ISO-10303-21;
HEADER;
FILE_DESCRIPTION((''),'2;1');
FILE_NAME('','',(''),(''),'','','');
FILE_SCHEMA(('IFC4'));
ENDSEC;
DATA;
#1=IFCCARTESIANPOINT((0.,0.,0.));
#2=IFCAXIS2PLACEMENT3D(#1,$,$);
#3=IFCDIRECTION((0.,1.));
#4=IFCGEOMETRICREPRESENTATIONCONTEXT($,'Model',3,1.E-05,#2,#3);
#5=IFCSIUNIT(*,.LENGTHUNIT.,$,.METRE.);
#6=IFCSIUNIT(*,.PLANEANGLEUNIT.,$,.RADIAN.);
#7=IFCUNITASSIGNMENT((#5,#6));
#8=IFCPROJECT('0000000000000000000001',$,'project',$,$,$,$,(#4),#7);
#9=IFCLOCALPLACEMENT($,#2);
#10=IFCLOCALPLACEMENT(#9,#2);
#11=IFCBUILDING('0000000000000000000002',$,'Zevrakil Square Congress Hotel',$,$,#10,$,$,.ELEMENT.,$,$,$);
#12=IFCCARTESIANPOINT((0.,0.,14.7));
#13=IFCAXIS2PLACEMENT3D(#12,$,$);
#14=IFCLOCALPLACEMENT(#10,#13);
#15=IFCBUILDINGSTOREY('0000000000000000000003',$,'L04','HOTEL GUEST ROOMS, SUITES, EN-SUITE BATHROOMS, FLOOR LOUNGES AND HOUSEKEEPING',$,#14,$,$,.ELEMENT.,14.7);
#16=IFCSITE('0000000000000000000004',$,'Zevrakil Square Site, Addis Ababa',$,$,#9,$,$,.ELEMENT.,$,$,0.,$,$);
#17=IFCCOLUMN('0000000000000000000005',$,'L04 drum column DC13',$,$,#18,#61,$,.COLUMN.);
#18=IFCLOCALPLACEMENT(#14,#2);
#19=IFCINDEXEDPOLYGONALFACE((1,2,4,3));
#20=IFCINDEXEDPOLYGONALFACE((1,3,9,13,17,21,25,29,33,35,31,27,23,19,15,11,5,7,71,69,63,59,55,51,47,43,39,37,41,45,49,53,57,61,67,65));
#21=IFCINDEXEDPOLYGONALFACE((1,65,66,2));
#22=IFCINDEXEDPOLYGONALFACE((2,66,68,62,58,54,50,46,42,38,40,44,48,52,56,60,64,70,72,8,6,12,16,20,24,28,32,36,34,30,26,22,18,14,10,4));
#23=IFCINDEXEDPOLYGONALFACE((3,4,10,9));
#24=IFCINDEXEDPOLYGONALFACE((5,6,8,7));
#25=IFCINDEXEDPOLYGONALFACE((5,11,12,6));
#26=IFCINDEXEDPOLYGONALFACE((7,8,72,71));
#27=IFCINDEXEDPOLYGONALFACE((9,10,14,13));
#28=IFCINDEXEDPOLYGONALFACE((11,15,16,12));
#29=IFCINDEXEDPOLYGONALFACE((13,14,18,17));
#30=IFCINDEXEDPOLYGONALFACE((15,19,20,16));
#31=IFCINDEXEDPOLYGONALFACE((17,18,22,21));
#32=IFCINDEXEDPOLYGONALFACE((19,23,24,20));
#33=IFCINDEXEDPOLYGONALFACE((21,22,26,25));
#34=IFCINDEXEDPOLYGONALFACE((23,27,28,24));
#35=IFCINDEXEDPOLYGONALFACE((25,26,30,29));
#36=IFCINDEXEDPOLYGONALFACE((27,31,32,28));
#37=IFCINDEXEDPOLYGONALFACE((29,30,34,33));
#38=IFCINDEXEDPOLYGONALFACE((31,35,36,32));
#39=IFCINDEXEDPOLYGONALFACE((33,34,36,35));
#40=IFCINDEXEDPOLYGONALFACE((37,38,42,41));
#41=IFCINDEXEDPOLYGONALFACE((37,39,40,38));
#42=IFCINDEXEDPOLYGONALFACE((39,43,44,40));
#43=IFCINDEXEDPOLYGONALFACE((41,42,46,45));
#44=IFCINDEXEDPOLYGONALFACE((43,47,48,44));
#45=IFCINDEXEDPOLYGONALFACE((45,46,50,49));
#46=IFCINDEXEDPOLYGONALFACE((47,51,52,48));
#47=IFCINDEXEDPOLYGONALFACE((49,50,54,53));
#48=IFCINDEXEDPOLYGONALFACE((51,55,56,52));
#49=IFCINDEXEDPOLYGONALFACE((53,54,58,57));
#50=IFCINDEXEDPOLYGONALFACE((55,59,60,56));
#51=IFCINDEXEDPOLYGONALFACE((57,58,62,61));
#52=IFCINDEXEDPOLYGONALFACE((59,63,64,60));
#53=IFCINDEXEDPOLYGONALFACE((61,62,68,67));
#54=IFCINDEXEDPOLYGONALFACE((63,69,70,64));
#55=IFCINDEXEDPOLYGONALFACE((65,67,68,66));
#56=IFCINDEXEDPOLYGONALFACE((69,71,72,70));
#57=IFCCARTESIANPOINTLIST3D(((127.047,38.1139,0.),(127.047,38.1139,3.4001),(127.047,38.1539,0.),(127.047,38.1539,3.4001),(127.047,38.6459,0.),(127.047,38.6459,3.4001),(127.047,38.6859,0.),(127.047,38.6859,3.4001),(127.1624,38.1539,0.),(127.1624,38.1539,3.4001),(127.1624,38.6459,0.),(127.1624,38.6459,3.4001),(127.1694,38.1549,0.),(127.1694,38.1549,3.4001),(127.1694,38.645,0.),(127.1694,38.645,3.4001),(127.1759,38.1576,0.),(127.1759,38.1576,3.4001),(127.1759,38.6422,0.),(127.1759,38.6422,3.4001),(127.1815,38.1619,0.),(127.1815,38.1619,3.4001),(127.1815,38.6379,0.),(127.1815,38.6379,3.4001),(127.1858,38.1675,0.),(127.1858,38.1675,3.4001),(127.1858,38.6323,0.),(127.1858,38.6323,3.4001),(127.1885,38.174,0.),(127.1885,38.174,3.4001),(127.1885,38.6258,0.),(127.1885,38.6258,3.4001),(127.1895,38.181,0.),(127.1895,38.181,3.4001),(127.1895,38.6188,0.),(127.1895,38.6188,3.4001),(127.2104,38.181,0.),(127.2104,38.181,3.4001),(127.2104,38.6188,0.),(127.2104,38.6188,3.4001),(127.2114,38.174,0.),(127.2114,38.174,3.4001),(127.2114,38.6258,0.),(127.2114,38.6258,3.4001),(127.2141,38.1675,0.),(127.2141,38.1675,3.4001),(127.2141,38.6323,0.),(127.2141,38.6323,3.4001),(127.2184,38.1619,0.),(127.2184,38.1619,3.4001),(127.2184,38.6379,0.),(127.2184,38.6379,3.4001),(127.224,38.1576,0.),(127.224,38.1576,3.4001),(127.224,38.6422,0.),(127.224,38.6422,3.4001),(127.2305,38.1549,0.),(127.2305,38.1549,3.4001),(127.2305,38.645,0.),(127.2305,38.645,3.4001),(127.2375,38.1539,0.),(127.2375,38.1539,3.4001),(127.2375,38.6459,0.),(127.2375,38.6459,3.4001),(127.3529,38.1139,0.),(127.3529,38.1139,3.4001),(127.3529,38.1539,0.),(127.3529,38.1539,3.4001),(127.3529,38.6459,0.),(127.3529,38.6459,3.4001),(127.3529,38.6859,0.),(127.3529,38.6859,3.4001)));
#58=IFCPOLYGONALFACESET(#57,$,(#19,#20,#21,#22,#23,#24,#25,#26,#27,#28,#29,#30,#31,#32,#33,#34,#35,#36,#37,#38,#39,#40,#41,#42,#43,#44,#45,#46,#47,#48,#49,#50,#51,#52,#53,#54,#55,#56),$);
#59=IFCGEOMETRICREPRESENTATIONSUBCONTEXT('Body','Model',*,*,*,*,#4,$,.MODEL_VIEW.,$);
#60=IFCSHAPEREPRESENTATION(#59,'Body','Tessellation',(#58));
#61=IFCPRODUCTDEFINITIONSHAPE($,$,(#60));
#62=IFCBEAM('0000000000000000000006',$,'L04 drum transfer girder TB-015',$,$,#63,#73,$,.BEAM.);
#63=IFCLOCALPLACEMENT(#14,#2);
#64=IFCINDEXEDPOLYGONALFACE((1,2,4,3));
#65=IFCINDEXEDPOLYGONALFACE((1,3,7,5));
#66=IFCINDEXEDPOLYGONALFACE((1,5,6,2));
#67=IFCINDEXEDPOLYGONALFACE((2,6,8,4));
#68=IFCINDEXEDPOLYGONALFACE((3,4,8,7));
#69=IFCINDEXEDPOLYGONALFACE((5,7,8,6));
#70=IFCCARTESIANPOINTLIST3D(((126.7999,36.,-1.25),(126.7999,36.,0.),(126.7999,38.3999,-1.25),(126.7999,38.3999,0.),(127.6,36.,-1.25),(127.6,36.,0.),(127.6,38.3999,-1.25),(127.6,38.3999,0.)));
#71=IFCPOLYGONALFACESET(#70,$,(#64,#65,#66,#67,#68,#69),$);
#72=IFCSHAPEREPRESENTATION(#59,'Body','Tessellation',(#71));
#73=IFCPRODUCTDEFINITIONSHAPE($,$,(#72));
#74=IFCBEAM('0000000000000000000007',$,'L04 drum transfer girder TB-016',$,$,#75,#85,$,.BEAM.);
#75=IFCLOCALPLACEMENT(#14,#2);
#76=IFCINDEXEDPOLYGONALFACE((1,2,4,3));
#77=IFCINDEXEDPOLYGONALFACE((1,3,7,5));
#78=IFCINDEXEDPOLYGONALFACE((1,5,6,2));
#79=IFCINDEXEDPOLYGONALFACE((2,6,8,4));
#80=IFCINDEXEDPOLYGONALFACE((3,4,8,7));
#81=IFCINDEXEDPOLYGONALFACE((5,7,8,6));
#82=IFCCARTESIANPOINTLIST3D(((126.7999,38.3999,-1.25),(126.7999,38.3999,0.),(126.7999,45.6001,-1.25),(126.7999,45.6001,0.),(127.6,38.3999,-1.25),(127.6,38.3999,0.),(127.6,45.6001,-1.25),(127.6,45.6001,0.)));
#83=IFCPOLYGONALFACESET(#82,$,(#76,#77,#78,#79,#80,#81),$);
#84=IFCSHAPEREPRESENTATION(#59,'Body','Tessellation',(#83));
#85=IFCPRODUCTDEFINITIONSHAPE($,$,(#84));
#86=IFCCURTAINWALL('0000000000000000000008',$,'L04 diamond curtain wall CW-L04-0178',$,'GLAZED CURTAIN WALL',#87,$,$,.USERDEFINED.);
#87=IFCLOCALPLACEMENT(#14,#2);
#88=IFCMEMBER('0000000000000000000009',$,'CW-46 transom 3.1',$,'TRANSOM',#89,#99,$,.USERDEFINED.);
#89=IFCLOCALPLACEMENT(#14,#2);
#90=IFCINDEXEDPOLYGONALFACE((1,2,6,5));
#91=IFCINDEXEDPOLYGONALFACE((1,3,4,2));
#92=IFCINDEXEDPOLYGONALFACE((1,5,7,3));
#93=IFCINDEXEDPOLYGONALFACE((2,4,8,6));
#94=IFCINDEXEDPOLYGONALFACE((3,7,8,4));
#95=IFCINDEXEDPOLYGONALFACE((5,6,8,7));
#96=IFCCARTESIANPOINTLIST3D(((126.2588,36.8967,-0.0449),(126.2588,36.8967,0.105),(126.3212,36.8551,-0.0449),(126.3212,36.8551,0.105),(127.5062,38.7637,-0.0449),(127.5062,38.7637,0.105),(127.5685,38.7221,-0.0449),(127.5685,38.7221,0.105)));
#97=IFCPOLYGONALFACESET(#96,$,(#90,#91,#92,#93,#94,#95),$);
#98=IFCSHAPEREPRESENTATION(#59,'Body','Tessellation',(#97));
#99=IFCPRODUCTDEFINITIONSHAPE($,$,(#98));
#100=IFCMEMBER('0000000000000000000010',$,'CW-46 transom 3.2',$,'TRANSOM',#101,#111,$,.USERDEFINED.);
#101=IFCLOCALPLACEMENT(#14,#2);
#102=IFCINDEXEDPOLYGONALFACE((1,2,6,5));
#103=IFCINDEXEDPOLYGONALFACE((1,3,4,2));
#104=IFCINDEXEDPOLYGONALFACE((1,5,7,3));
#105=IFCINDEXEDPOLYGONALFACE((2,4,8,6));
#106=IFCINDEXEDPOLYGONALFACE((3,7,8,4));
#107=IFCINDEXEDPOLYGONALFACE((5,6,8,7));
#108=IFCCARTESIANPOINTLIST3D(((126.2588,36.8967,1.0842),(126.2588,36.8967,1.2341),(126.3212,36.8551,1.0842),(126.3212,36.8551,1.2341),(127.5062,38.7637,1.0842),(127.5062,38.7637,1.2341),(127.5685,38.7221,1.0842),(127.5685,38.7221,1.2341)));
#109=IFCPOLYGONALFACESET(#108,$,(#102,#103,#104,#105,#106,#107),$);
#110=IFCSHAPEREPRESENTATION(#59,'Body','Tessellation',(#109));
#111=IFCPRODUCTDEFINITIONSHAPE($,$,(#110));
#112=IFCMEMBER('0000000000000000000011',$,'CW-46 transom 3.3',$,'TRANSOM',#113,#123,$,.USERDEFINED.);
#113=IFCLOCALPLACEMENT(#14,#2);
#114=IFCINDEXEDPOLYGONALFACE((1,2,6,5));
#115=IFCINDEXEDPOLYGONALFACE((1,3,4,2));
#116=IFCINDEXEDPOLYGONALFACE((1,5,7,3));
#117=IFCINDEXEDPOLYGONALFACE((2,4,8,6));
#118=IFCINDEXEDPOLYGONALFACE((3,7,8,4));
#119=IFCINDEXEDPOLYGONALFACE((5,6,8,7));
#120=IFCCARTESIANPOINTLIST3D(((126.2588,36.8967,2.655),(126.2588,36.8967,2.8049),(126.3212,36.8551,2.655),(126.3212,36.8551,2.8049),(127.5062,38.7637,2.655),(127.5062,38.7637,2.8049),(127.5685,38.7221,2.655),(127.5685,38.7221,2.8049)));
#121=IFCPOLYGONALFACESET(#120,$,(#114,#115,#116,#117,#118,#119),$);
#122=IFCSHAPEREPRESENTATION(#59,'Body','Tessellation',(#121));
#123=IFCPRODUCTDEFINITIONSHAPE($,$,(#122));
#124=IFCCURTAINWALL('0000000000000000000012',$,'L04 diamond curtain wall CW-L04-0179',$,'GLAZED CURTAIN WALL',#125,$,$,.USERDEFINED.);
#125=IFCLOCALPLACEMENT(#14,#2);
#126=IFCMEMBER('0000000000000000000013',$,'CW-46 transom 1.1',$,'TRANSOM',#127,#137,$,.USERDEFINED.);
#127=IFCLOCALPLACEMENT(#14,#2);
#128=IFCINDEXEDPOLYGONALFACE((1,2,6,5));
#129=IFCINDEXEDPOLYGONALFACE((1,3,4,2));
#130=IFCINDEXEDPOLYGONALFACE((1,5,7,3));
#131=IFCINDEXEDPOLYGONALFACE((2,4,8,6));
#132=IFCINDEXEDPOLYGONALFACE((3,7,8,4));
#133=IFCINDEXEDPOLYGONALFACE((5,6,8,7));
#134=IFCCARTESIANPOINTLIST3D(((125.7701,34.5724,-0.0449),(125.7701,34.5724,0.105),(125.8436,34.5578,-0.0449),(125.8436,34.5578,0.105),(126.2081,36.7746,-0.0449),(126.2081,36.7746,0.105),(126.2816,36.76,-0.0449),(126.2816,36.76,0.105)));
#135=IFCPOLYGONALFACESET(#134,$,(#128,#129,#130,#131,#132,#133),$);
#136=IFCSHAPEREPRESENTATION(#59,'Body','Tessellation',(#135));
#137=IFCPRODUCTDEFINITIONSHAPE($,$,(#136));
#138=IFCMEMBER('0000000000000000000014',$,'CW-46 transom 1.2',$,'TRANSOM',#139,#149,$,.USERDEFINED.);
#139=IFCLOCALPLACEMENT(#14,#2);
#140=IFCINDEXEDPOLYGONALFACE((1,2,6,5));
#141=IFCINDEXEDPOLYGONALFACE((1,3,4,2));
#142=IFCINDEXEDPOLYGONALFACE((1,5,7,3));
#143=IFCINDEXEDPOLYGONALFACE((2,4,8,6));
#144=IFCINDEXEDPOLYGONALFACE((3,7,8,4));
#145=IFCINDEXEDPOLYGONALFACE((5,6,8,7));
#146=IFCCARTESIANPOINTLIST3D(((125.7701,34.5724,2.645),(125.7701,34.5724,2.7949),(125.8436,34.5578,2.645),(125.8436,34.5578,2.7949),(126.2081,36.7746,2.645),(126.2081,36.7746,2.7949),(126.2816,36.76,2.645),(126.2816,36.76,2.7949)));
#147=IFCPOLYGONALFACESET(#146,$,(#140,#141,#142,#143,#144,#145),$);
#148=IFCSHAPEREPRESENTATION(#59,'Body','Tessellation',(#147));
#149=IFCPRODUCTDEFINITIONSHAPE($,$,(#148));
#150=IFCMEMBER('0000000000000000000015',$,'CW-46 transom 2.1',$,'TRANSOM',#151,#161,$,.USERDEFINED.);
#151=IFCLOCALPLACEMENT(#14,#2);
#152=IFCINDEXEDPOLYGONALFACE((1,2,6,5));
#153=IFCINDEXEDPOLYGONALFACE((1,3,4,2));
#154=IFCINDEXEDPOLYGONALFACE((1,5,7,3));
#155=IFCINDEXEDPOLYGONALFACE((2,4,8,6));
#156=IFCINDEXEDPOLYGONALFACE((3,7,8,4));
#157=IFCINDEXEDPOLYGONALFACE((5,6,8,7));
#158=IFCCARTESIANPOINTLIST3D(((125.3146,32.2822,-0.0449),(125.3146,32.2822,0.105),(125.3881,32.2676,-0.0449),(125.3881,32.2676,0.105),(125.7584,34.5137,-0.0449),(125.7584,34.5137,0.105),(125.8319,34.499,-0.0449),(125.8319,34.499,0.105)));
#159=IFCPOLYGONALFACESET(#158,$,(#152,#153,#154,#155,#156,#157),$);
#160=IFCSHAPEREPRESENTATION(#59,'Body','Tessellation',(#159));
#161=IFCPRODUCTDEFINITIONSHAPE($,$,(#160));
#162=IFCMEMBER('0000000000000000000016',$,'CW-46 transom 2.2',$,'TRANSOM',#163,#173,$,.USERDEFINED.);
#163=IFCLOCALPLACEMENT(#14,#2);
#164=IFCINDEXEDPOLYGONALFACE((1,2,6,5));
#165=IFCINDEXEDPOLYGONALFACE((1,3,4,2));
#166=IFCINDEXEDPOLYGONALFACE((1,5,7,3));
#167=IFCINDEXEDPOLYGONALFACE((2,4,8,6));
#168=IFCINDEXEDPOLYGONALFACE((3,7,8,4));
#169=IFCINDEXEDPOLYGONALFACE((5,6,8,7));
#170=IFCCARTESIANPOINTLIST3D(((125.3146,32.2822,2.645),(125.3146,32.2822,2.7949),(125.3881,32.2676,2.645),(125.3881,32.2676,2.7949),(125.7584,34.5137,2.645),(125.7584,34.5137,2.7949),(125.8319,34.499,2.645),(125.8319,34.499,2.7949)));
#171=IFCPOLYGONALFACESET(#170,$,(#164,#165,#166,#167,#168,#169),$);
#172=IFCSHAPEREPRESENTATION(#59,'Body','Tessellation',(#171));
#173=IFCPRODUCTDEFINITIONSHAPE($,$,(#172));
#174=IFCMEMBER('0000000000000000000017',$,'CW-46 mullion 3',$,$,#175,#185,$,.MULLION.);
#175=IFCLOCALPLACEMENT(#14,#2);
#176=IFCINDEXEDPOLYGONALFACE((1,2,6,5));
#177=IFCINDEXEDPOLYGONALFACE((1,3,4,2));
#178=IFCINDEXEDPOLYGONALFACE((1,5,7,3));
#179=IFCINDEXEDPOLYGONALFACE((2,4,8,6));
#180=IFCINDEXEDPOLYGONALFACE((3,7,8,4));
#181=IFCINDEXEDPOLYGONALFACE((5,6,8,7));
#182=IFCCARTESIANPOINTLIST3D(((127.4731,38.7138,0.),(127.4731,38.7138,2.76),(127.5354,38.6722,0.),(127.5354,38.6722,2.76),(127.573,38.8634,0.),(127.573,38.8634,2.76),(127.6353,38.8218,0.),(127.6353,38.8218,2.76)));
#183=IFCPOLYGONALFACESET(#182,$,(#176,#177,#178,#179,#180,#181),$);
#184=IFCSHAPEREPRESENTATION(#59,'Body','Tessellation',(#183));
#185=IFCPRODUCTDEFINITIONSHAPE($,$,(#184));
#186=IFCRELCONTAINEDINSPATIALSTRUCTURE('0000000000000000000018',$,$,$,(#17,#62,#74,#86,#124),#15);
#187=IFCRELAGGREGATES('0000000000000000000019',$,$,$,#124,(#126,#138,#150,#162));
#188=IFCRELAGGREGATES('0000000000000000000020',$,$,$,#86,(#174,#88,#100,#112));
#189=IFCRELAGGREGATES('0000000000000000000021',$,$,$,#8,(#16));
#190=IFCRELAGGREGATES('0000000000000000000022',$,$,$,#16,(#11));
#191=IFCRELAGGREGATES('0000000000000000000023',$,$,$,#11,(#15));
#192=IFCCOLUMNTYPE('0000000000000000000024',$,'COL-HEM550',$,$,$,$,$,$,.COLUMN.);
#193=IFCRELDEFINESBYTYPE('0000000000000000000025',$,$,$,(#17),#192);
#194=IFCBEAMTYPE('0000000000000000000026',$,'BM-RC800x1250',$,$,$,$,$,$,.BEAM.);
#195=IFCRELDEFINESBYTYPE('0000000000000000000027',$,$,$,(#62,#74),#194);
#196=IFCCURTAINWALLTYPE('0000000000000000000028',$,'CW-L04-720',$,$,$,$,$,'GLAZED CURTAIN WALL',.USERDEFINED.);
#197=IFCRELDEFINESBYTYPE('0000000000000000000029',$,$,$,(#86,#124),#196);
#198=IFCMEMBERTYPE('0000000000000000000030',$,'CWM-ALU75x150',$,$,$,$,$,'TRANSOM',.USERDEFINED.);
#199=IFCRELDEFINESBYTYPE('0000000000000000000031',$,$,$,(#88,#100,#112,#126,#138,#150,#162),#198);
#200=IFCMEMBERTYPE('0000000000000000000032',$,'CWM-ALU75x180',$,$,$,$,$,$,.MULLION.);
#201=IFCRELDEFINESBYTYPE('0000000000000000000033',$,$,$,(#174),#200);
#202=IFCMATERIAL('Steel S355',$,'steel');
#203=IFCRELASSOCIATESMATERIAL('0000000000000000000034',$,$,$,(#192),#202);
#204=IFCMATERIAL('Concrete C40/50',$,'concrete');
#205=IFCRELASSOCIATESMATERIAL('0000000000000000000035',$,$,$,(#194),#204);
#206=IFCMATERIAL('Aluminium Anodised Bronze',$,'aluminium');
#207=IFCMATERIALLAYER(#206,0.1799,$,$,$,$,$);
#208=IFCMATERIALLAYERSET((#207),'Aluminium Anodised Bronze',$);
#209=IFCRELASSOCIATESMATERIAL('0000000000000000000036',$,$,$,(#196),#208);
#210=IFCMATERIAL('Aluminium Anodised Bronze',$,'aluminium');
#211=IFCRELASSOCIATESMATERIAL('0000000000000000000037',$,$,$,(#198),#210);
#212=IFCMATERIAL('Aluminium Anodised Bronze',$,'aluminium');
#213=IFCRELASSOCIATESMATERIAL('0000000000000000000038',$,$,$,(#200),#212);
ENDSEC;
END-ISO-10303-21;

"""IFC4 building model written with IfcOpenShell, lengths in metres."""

from ifc_helpers import new_model, si_unit, direction, frame, origin, origin_2d, place, context, subcontext, project, spatial, rectangle, i_section, extrude, material, layer, layer_set, material_profile, profile_set, type_object, element, aggregate, save


model = new_model("IFC4")

# Units and contexts
model_context = context("Model", 3, precision=1e-05, world=origin(), true_north=direction((0.0, 1.0)))
body_context = subcontext(model_context, "Body", "Model", "MODEL_VIEW")
ifc_project = project(units=[si_unit("LENGTHUNIT", "METRE"), si_unit("PLANEANGLEUNIT", "RADIAN")], contexts=[model_context])

# Site, building, storey
site_placement = place(None, origin())
site = spatial("IfcSite", under=ifc_project, at=site_placement, Name="Zevrakil Square Site, Addis Ababa", CompositionType="ELEMENT", RefElevation=0.0)
building_placement = place(site_placement, origin())
building = spatial("IfcBuilding", under=site, at=building_placement, Name="Zevrakil Square Congress Hotel", CompositionType="ELEMENT")
storey_placement = place(building_placement, frame((0.0, 0.0, 14.7)))
storey = spatial("IfcBuildingStorey", under=building, at=storey_placement, Name="L04", Description="HOTEL GUEST ROOMS, SUITES, EN-SUITE BATHROOMS, FLOOR LOUNGES AND HOUSEKEEPING", CompositionType="ELEMENT", Elevation=14.7)

# Column
ifc_material_1 = material(Name="Steel S355", Category="steel")
ifc_material_profile_1 = material_profile(ifc_material_1, i_section(OverallWidth=0.3059, OverallDepth=0.572, WebThickness=0.021, FlangeThickness=0.04, FilletRadius=0.0271, at=origin_2d()), Name="HEM 550")
ifc_profile_set_1 = profile_set([ifc_material_profile_1], Name="Steel S355")
column_type = type_object("IfcColumnType", Name="COL-HEM550", PredefinedType="COLUMN", material=ifc_profile_set_1)
column_placement = place(storey_placement, frame((127.2, 38.3999, 0.0), z_axis=(0.0, 0.0, 1.0), x_axis=(1.0, 0.0, 0.0)))
element("IfcColumn", 1, at=column_placement, inside=storey, type_object=column_type, Name="L04 drum column DC13", PredefinedType="COLUMN", context=body_context, shape_type="SweptSolid", body=[
    extrude(i_section(OverallWidth=0.3059, OverallDepth=0.572, WebThickness=0.021, FlangeThickness=0.04, FilletRadius=0.0271, at=origin_2d()), origin(), (0.0, 0.0, 1.0), 3.4001),
])

# Beams
ifc_material_2 = material(Name="Concrete C40/50", Category="concrete")
ifc_material_profile_2 = material_profile(ifc_material_2, rectangle(XDim=0.8, YDim=1.25, at=origin_2d()), Name="RC 800x1250")
ifc_profile_set_2 = profile_set([ifc_material_profile_2], Name="Concrete C40/50")
beam_type = type_object("IfcBeamType", Name="BM-RC800x1250", PredefinedType="BEAM", material=ifc_profile_set_2)
beam_1_placement = place(storey_placement, frame((127.2, 36.0, -0.625), z_axis=(0.0, 1.0, 0.0), x_axis=(-1.0, 0.0, 0.0)))
element("IfcBeam", 2, at=beam_1_placement, inside=storey, type_object=beam_type, Name="L04 drum transfer girder TB-015", PredefinedType="BEAM", context=body_context, shape_type="SweptSolid", body=[
    extrude(rectangle(XDim=0.8, YDim=1.25, at=origin_2d()), origin(), (0.0, 0.0, 1.0), 2.3999),
])
beam_2_placement = place(storey_placement, frame((127.2, 38.3999, -0.625), z_axis=(0.0, 1.0, 0.0), x_axis=(-1.0, 0.0, 0.0)))
element("IfcBeam", 3, at=beam_2_placement, inside=storey, type_object=beam_type, Name="L04 drum transfer girder TB-016", PredefinedType="BEAM", context=body_context, shape_type="SweptSolid", body=[
    extrude(rectangle(XDim=0.8, YDim=1.25, at=origin_2d()), origin(), (0.0, 0.0, 1.0), 7.2002),
])

# Curtain walls, members
ifc_material_3 = material(Name="Aluminium Anodised Bronze", Category="aluminium")
ifc_layer_1 = layer(ifc_material_3, 0.1799)
ifc_layer_set_1 = layer_set([ifc_layer_1], Name="Aluminium Anodised Bronze")
curtain_wall_type = type_object("IfcCurtainWallType", Name="CW-L04-720", ElementType="GLAZED CURTAIN WALL", PredefinedType="USERDEFINED", material=ifc_layer_set_1)
curtain_wall_1_placement = place(storey_placement, origin())
curtain_wall_1 = element("IfcCurtainWall", 4, at=curtain_wall_1_placement, inside=storey, type_object=curtain_wall_type, Name="L04 diamond curtain wall CW-L04-0178", ObjectType="GLAZED CURTAIN WALL", PredefinedType="USERDEFINED")
ifc_material_4 = material(Name="Aluminium Anodised Bronze", Category="aluminium")
ifc_material_profile_3 = material_profile(ifc_material_4, rectangle(XDim=0.075, YDim=0.1499, at=origin_2d()), Name="ALU 75x150")
ifc_profile_set_3 = profile_set([ifc_material_profile_3], Name="Aluminium Anodised Bronze")
member_type_1 = type_object("IfcMemberType", Name="CWM-ALU75x150", ElementType="TRANSOM", PredefinedType="USERDEFINED", material=ifc_profile_set_3)
member_1_placement = place(storey_placement, frame((127.5374, 38.7429, 0.03), z_axis=(-0.555528, -0.831498, 0.0), x_axis=(0.831498, -0.555528, 0.0)))
member_1 = element("IfcMember", 5, at=member_1_placement, type_object=member_type_1, Name="CW-46 transom 3.1", ObjectType="TRANSOM", PredefinedType="USERDEFINED", context=body_context, shape_type="SweptSolid", body=[
    extrude(rectangle(XDim=0.075, YDim=0.1499, at=origin_2d()), origin(), (0.0, 0.0, 1.0), 2.2454),
])
member_2_placement = place(storey_placement, frame((127.5374, 38.7429, 1.1592), z_axis=(-0.555528, -0.831498, 0.0), x_axis=(0.831498, -0.555528, 0.0)))
member_2 = element("IfcMember", 6, at=member_2_placement, type_object=member_type_1, Name="CW-46 transom 3.2", ObjectType="TRANSOM", PredefinedType="USERDEFINED", context=body_context, shape_type="SweptSolid", body=[
    extrude(rectangle(XDim=0.075, YDim=0.1499, at=origin_2d()), origin(), (0.0, 0.0, 1.0), 2.2454),
])
member_3_placement = place(storey_placement, frame((127.5374, 38.7429, 2.73), z_axis=(-0.555528, -0.831498, 0.0), x_axis=(0.831498, -0.555528, 0.0)))
member_3 = element("IfcMember", 7, at=member_3_placement, type_object=member_type_1, Name="CW-46 transom 3.3", ObjectType="TRANSOM", PredefinedType="USERDEFINED", context=body_context, shape_type="SweptSolid", body=[
    extrude(rectangle(XDim=0.075, YDim=0.1499, at=origin_2d()), origin(), (0.0, 0.0, 1.0), 2.2454),
])
curtain_wall_2_placement = place(storey_placement, origin())
curtain_wall_2 = element("IfcCurtainWall", 8, at=curtain_wall_2_placement, inside=storey, type_object=curtain_wall_type, Name="L04 diamond curtain wall CW-L04-0179", ObjectType="GLAZED CURTAIN WALL", PredefinedType="USERDEFINED")
member_4_placement = place(storey_placement, frame((126.2449, 36.7673, 0.03), z_axis=(-0.19507, -0.980789, 0.0), x_axis=(0.980789, -0.19507, 0.0)))
member_4 = element("IfcMember", 9, at=member_4_placement, type_object=member_type_1, Name="CW-46 transom 1.1", ObjectType="TRANSOM", PredefinedType="USERDEFINED", context=body_context, shape_type="SweptSolid", body=[
    extrude(rectangle(XDim=0.075, YDim=0.1499, at=origin_2d()), origin(), (0.0, 0.0, 1.0), 2.2454),
])
member_5_placement = place(storey_placement, frame((126.2449, 36.7673, 2.72), z_axis=(-0.19507, -0.980789, 0.0), x_axis=(0.980789, -0.19507, 0.0)))
member_5 = element("IfcMember", 10, at=member_5_placement, type_object=member_type_1, Name="CW-46 transom 1.2", ObjectType="TRANSOM", PredefinedType="USERDEFINED", context=body_context, shape_type="SweptSolid", body=[
    extrude(rectangle(XDim=0.075, YDim=0.1499, at=origin_2d()), origin(), (0.0, 0.0, 1.0), 2.2454),
])
member_6_placement = place(storey_placement, frame((125.7952, 34.5063, 0.03), z_axis=(-0.195084, -0.980786, 0.0), x_axis=(0.980786, -0.195084, 0.0)))
member_6 = element("IfcMember", 11, at=member_6_placement, type_object=member_type_1, Name="CW-46 transom 2.1", ObjectType="TRANSOM", PredefinedType="USERDEFINED", context=body_context, shape_type="SweptSolid", body=[
    extrude(rectangle(XDim=0.075, YDim=0.1499, at=origin_2d()), origin(), (0.0, 0.0, 1.0), 2.2751),
])
member_7_placement = place(storey_placement, frame((125.7952, 34.5063, 2.72), z_axis=(-0.195084, -0.980786, 0.0), x_axis=(0.980786, -0.195084, 0.0)))
member_7 = element("IfcMember", 12, at=member_7_placement, type_object=member_type_1, Name="CW-46 transom 2.2", ObjectType="TRANSOM", PredefinedType="USERDEFINED", context=body_context, shape_type="SweptSolid", body=[
    extrude(rectangle(XDim=0.075, YDim=0.1499, at=origin_2d()), origin(), (0.0, 0.0, 1.0), 2.2751),
])

# Member
ifc_material_5 = material(Name="Aluminium Anodised Bronze", Category="aluminium")
ifc_material_profile_4 = material_profile(ifc_material_5, rectangle(XDim=0.075, YDim=0.1799, at=origin_2d()), Name="ALU 75x180")
ifc_profile_set_4 = profile_set([ifc_material_profile_4], Name="Aluminium Anodised Bronze")
member_type_2 = type_object("IfcMemberType", Name="CWM-ALU75x180", PredefinedType="MULLION", material=ifc_profile_set_4)
member_8_placement = place(storey_placement, frame((127.5542, 38.7678, 0.0), z_axis=(0.0, 0.0, 1.0), x_axis=(0.831466, -0.555576, 0.0)))
member_8 = element("IfcMember", 13, at=member_8_placement, type_object=member_type_2, Name="CW-46 mullion 3", PredefinedType="MULLION", context=body_context, shape_type="SweptSolid", body=[
    extrude(rectangle(XDim=0.075, YDim=0.1799, at=origin_2d()), origin(), (0.0, 0.0, 1.0), 2.76),
])

aggregate(curtain_wall_2, [member_4, member_5, member_6, member_7])
aggregate(curtain_wall_1, [member_8, member_1, member_2, member_3])

save(model, "model.ifc")
